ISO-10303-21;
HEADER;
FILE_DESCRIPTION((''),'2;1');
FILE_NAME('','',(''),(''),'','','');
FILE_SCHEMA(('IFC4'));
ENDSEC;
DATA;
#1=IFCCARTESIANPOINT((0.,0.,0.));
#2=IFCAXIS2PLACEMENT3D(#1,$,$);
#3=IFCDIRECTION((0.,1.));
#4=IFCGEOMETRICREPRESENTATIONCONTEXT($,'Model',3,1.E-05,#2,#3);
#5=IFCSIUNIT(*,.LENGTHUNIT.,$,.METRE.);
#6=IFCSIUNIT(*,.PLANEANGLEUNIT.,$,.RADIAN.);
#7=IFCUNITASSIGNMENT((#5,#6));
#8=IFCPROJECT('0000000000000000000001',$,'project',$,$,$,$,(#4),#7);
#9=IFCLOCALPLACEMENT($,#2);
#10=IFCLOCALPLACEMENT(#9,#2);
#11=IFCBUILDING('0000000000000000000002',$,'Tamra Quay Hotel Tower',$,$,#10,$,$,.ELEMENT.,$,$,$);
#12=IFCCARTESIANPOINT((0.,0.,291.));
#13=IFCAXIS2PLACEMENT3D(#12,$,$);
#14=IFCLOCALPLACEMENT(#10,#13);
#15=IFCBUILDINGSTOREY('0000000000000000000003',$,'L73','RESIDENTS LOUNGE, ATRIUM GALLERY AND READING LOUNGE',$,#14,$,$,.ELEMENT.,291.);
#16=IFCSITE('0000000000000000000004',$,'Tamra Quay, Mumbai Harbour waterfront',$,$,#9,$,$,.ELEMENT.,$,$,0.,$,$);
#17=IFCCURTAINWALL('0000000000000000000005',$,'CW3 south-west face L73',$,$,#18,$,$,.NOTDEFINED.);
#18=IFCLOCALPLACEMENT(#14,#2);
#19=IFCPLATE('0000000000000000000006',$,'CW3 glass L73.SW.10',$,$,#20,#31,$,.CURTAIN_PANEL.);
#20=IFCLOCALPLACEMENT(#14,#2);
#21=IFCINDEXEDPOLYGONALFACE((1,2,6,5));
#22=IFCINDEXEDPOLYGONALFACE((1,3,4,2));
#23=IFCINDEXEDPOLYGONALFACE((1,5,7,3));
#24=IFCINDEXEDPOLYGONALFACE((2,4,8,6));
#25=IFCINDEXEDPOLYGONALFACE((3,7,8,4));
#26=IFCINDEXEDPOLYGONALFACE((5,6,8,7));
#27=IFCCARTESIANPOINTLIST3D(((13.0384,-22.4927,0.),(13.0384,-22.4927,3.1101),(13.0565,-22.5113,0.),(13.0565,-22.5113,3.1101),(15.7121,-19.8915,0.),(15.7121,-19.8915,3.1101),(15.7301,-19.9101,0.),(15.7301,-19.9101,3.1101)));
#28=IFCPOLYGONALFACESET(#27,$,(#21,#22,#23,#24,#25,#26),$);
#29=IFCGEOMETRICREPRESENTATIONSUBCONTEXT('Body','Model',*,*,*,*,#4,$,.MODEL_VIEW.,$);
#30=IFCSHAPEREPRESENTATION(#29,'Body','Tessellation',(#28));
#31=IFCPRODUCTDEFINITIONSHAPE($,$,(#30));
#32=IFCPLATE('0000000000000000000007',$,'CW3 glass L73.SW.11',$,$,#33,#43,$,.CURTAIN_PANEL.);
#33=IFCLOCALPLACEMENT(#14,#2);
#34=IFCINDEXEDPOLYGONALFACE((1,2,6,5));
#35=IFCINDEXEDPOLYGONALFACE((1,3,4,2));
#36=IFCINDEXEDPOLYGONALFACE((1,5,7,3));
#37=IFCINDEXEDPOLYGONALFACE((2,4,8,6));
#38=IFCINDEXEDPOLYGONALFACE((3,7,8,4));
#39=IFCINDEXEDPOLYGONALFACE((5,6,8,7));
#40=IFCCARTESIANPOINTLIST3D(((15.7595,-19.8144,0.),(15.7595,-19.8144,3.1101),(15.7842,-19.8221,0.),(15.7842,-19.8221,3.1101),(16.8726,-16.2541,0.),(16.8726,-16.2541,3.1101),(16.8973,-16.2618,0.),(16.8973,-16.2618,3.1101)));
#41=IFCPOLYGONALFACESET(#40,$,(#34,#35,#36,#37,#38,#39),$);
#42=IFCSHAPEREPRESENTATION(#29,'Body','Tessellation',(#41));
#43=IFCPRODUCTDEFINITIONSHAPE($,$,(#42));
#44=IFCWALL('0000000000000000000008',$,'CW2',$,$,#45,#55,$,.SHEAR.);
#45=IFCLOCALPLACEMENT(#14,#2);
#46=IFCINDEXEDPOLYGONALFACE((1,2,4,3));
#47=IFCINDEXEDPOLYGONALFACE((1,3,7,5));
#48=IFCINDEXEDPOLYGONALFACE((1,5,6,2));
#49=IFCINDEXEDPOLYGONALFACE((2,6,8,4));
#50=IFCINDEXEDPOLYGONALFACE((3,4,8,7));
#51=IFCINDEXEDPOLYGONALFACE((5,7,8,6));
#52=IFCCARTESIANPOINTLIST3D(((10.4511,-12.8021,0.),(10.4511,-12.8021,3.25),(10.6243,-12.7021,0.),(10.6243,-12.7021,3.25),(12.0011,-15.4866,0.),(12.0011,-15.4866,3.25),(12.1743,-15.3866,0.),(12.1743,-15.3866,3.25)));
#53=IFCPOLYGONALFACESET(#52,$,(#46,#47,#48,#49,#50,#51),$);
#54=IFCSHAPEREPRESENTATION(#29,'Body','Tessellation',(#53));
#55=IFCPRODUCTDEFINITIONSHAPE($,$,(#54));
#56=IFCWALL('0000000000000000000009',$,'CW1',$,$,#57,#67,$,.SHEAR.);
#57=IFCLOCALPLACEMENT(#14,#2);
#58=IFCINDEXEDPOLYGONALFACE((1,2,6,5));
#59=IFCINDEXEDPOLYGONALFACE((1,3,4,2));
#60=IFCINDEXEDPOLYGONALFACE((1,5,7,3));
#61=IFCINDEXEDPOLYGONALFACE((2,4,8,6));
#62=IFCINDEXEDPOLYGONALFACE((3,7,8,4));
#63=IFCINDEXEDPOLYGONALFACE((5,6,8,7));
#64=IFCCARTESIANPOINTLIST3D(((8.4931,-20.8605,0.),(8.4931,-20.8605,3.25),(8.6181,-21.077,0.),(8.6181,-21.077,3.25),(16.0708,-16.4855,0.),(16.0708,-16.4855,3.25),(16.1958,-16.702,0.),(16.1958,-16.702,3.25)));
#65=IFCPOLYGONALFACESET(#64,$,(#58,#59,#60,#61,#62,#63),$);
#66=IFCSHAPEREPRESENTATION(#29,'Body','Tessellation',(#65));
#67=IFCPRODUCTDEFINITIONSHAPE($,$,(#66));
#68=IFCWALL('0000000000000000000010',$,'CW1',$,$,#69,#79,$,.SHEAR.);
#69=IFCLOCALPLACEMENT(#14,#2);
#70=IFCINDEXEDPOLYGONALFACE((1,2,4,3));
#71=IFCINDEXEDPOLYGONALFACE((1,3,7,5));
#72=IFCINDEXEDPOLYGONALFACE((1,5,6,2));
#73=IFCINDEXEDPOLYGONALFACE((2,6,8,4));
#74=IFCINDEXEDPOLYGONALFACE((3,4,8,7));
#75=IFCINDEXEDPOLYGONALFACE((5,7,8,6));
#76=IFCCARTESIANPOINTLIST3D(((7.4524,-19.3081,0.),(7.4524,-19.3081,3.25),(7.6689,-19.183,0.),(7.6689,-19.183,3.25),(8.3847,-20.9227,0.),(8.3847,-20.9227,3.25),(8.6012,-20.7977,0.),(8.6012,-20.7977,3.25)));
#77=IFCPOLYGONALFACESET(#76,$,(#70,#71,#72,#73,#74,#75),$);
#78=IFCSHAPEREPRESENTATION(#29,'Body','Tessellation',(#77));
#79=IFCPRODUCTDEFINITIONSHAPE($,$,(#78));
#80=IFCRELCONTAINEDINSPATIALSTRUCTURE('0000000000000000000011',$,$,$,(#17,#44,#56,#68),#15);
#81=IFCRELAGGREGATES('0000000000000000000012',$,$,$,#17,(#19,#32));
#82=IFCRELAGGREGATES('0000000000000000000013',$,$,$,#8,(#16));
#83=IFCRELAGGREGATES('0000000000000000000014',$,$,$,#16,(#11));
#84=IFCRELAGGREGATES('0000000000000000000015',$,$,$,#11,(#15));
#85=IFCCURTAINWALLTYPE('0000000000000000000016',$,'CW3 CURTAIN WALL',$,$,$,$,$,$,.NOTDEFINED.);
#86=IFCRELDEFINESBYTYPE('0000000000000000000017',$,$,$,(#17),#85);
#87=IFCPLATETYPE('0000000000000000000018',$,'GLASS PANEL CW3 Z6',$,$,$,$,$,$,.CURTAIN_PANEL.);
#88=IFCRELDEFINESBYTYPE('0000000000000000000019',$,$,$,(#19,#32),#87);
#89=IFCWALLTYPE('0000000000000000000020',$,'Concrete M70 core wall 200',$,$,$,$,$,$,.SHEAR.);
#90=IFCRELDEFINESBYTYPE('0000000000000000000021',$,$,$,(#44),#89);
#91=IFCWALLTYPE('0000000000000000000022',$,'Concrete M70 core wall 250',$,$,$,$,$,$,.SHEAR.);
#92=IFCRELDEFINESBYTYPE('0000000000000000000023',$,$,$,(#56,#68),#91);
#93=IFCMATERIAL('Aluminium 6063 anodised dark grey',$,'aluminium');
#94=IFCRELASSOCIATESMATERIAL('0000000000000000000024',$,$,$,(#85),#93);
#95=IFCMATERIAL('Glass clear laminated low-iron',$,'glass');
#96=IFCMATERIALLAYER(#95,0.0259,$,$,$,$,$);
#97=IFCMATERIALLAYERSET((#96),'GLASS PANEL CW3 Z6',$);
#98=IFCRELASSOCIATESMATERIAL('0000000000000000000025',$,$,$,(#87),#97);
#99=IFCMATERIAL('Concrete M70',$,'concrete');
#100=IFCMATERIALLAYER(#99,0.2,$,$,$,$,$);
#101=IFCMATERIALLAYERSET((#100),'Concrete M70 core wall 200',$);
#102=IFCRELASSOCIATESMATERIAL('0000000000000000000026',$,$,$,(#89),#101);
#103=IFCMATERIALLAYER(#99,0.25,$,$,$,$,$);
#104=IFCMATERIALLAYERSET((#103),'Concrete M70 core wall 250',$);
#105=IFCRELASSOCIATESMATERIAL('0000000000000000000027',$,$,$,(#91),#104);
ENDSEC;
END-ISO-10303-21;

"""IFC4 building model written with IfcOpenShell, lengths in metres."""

from ifc_helpers import new_model, si_unit, direction, frame, frame_2d, origin, origin_2d, place, context, subcontext, project, spatial, rectangle, extrude, material, layer, layer_set, type_object, element, aggregate, save


model = new_model("IFC4")

# Units and contexts
model_context = context("Model", 3, precision=1e-05, world=origin(), true_north=direction((0.0, 1.0)))
body_context = subcontext(model_context, "Body", "Model", "MODEL_VIEW")
ifc_project = project(units=[si_unit("LENGTHUNIT", "METRE"), si_unit("PLANEANGLEUNIT", "RADIAN")], contexts=[model_context])

# Site, building, storey
site_placement = place(None, origin())
site = spatial("IfcSite", under=ifc_project, at=site_placement, Name="Tamra Quay, Mumbai Harbour waterfront", CompositionType="ELEMENT", RefElevation=0.0)
building_placement = place(site_placement, origin())
building = spatial("IfcBuilding", under=site, at=building_placement, Name="Tamra Quay Hotel Tower", CompositionType="ELEMENT")
storey_placement = place(building_placement, frame((0.0, 0.0, 291.0)))
storey = spatial("IfcBuildingStorey", under=building, at=storey_placement, Name="L73", Description="RESIDENTS LOUNGE, ATRIUM GALLERY AND READING LOUNGE", CompositionType="ELEMENT", Elevation=291.0)

# Shared definitions
ifc_material_1 = material(Name="Concrete M70", Category="concrete")

# Shared definitions
ifc_material_2 = material(Name="Aluminium 6063 anodised dark grey", Category="aluminium")

# Curtain wall
curtain_wall_type_1 = type_object("IfcCurtainWallType", Name="CW3 CURTAIN WALL", PredefinedType="NOTDEFINED", material=ifc_material_2)
curtain_wall_1_placement = place(storey_placement, origin())
curtain_wall_1 = element("IfcCurtainWall", 1, at=curtain_wall_1_placement, inside=storey, type_object=curtain_wall_type_1, Name="CW3 south-west face L73", PredefinedType="NOTDEFINED")

# Plates
ifc_material_3 = material(Name="Glass clear laminated low-iron", Category="glass")
ifc_layer_1 = layer(ifc_material_3, 0.0259)
ifc_layer_set_1 = layer_set([ifc_layer_1], Name="GLASS PANEL CW3 Z6")
plate_type = type_object("IfcPlateType", Name="GLASS PANEL CW3 Z6", PredefinedType="CURTAIN_PANEL", material=ifc_layer_set_1)
plate_1_placement = place(storey_placement, frame((14.3843, -21.2014, 0.0), z_axis=(0.0, 0.0, 1.0), x_axis=(0.716753, 0.697327, 0.0)))
plate_1 = element("IfcPlate", 2, at=plate_1_placement, type_object=plate_type, Name="CW3 glass L73.SW.10", PredefinedType="CURTAIN_PANEL", context=body_context, shape_type="SweptSolid", body=[
    extrude(rectangle(XDim=3.7302, YDim=0.0259, at=origin_2d()), origin(), (0.0, 0.0, 1.0), 3.1101),
])
plate_2_placement = place(storey_placement, frame((16.3284, -18.0381, 0.0), z_axis=(0.0, 0.0, 1.0), x_axis=(0.298392, 0.954443, 0.0)))
plate_2 = element("IfcPlate", 3, at=plate_2_placement, type_object=plate_type, Name="CW3 glass L73.SW.11", PredefinedType="CURTAIN_PANEL", context=body_context, shape_type="SweptSolid", body=[
    extrude(rectangle(XDim=3.7302, YDim=0.0259, at=origin_2d()), origin(), (0.0, 0.0, 1.0), 3.1101),
])
aggregate(curtain_wall_1, [plate_1, plate_2])

# Walls
ifc_layer_2 = layer(ifc_material_1, 0.2)
ifc_layer_set_2 = layer_set([ifc_layer_2], Name="Concrete M70 core wall 200")
wall_type_1 = type_object("IfcWallType", Name="Concrete M70 core wall 200", PredefinedType="SHEAR", material=ifc_layer_set_2)
wall_1_placement = place(storey_placement, frame((12.0876, -15.4365, 0.0), z_axis=(0.0, 0.0, 1.0), x_axis=(-0.500027, 0.86601, 0.0)))
element("IfcWall", 4, at=wall_1_placement, inside=storey, type_object=wall_type_1, Name="CW2", PredefinedType="SHEAR", context=body_context, shape_type="SweptSolid", body=[
    extrude(rectangle(XDim=3.0999, YDim=0.2, at=frame_2d((1.5498, 0.0))), origin(), (0.0, 0.0, 1.0), 3.25),
])
ifc_layer_3 = layer(ifc_material_1, 0.25)
ifc_layer_set_3 = layer_set([ifc_layer_3], Name="Concrete M70 core wall 250")
wall_type_2 = type_object("IfcWallType", Name="Concrete M70 core wall 250", PredefinedType="SHEAR", material=ifc_layer_set_3)
wall_2_placement = place(storey_placement, frame((16.1333, -16.5938, 0.0), z_axis=(0.0, 0.0, 1.0), x_axis=(-0.866023, -0.500004, 0.0)))
element("IfcWall", 5, at=wall_2_placement, inside=storey, type_object=wall_type_2, Name="CW1", PredefinedType="SHEAR", context=body_context, shape_type="SweptSolid", body=[
    extrude(rectangle(XDim=8.75, YDim=0.25, at=frame_2d((4.375, 0.0))), origin(), (0.0, 0.0, 1.0), 3.25),
])
wall_3_placement = place(storey_placement, frame((8.4929, -20.8601, 0.0), z_axis=(0.0, 0.0, 1.0), x_axis=(-0.50004, 0.866002, 0.0)))
element("IfcWall", 6, at=wall_3_placement, inside=storey, type_object=wall_type_2, Name="CW1", PredefinedType="SHEAR", context=body_context, shape_type="SweptSolid", body=[
    extrude(rectangle(XDim=1.8645, YDim=0.25, at=frame_2d((0.9321, 0.0))), origin(), (0.0, 0.0, 1.0), 3.25),
])

save(model, "model.ifc")
